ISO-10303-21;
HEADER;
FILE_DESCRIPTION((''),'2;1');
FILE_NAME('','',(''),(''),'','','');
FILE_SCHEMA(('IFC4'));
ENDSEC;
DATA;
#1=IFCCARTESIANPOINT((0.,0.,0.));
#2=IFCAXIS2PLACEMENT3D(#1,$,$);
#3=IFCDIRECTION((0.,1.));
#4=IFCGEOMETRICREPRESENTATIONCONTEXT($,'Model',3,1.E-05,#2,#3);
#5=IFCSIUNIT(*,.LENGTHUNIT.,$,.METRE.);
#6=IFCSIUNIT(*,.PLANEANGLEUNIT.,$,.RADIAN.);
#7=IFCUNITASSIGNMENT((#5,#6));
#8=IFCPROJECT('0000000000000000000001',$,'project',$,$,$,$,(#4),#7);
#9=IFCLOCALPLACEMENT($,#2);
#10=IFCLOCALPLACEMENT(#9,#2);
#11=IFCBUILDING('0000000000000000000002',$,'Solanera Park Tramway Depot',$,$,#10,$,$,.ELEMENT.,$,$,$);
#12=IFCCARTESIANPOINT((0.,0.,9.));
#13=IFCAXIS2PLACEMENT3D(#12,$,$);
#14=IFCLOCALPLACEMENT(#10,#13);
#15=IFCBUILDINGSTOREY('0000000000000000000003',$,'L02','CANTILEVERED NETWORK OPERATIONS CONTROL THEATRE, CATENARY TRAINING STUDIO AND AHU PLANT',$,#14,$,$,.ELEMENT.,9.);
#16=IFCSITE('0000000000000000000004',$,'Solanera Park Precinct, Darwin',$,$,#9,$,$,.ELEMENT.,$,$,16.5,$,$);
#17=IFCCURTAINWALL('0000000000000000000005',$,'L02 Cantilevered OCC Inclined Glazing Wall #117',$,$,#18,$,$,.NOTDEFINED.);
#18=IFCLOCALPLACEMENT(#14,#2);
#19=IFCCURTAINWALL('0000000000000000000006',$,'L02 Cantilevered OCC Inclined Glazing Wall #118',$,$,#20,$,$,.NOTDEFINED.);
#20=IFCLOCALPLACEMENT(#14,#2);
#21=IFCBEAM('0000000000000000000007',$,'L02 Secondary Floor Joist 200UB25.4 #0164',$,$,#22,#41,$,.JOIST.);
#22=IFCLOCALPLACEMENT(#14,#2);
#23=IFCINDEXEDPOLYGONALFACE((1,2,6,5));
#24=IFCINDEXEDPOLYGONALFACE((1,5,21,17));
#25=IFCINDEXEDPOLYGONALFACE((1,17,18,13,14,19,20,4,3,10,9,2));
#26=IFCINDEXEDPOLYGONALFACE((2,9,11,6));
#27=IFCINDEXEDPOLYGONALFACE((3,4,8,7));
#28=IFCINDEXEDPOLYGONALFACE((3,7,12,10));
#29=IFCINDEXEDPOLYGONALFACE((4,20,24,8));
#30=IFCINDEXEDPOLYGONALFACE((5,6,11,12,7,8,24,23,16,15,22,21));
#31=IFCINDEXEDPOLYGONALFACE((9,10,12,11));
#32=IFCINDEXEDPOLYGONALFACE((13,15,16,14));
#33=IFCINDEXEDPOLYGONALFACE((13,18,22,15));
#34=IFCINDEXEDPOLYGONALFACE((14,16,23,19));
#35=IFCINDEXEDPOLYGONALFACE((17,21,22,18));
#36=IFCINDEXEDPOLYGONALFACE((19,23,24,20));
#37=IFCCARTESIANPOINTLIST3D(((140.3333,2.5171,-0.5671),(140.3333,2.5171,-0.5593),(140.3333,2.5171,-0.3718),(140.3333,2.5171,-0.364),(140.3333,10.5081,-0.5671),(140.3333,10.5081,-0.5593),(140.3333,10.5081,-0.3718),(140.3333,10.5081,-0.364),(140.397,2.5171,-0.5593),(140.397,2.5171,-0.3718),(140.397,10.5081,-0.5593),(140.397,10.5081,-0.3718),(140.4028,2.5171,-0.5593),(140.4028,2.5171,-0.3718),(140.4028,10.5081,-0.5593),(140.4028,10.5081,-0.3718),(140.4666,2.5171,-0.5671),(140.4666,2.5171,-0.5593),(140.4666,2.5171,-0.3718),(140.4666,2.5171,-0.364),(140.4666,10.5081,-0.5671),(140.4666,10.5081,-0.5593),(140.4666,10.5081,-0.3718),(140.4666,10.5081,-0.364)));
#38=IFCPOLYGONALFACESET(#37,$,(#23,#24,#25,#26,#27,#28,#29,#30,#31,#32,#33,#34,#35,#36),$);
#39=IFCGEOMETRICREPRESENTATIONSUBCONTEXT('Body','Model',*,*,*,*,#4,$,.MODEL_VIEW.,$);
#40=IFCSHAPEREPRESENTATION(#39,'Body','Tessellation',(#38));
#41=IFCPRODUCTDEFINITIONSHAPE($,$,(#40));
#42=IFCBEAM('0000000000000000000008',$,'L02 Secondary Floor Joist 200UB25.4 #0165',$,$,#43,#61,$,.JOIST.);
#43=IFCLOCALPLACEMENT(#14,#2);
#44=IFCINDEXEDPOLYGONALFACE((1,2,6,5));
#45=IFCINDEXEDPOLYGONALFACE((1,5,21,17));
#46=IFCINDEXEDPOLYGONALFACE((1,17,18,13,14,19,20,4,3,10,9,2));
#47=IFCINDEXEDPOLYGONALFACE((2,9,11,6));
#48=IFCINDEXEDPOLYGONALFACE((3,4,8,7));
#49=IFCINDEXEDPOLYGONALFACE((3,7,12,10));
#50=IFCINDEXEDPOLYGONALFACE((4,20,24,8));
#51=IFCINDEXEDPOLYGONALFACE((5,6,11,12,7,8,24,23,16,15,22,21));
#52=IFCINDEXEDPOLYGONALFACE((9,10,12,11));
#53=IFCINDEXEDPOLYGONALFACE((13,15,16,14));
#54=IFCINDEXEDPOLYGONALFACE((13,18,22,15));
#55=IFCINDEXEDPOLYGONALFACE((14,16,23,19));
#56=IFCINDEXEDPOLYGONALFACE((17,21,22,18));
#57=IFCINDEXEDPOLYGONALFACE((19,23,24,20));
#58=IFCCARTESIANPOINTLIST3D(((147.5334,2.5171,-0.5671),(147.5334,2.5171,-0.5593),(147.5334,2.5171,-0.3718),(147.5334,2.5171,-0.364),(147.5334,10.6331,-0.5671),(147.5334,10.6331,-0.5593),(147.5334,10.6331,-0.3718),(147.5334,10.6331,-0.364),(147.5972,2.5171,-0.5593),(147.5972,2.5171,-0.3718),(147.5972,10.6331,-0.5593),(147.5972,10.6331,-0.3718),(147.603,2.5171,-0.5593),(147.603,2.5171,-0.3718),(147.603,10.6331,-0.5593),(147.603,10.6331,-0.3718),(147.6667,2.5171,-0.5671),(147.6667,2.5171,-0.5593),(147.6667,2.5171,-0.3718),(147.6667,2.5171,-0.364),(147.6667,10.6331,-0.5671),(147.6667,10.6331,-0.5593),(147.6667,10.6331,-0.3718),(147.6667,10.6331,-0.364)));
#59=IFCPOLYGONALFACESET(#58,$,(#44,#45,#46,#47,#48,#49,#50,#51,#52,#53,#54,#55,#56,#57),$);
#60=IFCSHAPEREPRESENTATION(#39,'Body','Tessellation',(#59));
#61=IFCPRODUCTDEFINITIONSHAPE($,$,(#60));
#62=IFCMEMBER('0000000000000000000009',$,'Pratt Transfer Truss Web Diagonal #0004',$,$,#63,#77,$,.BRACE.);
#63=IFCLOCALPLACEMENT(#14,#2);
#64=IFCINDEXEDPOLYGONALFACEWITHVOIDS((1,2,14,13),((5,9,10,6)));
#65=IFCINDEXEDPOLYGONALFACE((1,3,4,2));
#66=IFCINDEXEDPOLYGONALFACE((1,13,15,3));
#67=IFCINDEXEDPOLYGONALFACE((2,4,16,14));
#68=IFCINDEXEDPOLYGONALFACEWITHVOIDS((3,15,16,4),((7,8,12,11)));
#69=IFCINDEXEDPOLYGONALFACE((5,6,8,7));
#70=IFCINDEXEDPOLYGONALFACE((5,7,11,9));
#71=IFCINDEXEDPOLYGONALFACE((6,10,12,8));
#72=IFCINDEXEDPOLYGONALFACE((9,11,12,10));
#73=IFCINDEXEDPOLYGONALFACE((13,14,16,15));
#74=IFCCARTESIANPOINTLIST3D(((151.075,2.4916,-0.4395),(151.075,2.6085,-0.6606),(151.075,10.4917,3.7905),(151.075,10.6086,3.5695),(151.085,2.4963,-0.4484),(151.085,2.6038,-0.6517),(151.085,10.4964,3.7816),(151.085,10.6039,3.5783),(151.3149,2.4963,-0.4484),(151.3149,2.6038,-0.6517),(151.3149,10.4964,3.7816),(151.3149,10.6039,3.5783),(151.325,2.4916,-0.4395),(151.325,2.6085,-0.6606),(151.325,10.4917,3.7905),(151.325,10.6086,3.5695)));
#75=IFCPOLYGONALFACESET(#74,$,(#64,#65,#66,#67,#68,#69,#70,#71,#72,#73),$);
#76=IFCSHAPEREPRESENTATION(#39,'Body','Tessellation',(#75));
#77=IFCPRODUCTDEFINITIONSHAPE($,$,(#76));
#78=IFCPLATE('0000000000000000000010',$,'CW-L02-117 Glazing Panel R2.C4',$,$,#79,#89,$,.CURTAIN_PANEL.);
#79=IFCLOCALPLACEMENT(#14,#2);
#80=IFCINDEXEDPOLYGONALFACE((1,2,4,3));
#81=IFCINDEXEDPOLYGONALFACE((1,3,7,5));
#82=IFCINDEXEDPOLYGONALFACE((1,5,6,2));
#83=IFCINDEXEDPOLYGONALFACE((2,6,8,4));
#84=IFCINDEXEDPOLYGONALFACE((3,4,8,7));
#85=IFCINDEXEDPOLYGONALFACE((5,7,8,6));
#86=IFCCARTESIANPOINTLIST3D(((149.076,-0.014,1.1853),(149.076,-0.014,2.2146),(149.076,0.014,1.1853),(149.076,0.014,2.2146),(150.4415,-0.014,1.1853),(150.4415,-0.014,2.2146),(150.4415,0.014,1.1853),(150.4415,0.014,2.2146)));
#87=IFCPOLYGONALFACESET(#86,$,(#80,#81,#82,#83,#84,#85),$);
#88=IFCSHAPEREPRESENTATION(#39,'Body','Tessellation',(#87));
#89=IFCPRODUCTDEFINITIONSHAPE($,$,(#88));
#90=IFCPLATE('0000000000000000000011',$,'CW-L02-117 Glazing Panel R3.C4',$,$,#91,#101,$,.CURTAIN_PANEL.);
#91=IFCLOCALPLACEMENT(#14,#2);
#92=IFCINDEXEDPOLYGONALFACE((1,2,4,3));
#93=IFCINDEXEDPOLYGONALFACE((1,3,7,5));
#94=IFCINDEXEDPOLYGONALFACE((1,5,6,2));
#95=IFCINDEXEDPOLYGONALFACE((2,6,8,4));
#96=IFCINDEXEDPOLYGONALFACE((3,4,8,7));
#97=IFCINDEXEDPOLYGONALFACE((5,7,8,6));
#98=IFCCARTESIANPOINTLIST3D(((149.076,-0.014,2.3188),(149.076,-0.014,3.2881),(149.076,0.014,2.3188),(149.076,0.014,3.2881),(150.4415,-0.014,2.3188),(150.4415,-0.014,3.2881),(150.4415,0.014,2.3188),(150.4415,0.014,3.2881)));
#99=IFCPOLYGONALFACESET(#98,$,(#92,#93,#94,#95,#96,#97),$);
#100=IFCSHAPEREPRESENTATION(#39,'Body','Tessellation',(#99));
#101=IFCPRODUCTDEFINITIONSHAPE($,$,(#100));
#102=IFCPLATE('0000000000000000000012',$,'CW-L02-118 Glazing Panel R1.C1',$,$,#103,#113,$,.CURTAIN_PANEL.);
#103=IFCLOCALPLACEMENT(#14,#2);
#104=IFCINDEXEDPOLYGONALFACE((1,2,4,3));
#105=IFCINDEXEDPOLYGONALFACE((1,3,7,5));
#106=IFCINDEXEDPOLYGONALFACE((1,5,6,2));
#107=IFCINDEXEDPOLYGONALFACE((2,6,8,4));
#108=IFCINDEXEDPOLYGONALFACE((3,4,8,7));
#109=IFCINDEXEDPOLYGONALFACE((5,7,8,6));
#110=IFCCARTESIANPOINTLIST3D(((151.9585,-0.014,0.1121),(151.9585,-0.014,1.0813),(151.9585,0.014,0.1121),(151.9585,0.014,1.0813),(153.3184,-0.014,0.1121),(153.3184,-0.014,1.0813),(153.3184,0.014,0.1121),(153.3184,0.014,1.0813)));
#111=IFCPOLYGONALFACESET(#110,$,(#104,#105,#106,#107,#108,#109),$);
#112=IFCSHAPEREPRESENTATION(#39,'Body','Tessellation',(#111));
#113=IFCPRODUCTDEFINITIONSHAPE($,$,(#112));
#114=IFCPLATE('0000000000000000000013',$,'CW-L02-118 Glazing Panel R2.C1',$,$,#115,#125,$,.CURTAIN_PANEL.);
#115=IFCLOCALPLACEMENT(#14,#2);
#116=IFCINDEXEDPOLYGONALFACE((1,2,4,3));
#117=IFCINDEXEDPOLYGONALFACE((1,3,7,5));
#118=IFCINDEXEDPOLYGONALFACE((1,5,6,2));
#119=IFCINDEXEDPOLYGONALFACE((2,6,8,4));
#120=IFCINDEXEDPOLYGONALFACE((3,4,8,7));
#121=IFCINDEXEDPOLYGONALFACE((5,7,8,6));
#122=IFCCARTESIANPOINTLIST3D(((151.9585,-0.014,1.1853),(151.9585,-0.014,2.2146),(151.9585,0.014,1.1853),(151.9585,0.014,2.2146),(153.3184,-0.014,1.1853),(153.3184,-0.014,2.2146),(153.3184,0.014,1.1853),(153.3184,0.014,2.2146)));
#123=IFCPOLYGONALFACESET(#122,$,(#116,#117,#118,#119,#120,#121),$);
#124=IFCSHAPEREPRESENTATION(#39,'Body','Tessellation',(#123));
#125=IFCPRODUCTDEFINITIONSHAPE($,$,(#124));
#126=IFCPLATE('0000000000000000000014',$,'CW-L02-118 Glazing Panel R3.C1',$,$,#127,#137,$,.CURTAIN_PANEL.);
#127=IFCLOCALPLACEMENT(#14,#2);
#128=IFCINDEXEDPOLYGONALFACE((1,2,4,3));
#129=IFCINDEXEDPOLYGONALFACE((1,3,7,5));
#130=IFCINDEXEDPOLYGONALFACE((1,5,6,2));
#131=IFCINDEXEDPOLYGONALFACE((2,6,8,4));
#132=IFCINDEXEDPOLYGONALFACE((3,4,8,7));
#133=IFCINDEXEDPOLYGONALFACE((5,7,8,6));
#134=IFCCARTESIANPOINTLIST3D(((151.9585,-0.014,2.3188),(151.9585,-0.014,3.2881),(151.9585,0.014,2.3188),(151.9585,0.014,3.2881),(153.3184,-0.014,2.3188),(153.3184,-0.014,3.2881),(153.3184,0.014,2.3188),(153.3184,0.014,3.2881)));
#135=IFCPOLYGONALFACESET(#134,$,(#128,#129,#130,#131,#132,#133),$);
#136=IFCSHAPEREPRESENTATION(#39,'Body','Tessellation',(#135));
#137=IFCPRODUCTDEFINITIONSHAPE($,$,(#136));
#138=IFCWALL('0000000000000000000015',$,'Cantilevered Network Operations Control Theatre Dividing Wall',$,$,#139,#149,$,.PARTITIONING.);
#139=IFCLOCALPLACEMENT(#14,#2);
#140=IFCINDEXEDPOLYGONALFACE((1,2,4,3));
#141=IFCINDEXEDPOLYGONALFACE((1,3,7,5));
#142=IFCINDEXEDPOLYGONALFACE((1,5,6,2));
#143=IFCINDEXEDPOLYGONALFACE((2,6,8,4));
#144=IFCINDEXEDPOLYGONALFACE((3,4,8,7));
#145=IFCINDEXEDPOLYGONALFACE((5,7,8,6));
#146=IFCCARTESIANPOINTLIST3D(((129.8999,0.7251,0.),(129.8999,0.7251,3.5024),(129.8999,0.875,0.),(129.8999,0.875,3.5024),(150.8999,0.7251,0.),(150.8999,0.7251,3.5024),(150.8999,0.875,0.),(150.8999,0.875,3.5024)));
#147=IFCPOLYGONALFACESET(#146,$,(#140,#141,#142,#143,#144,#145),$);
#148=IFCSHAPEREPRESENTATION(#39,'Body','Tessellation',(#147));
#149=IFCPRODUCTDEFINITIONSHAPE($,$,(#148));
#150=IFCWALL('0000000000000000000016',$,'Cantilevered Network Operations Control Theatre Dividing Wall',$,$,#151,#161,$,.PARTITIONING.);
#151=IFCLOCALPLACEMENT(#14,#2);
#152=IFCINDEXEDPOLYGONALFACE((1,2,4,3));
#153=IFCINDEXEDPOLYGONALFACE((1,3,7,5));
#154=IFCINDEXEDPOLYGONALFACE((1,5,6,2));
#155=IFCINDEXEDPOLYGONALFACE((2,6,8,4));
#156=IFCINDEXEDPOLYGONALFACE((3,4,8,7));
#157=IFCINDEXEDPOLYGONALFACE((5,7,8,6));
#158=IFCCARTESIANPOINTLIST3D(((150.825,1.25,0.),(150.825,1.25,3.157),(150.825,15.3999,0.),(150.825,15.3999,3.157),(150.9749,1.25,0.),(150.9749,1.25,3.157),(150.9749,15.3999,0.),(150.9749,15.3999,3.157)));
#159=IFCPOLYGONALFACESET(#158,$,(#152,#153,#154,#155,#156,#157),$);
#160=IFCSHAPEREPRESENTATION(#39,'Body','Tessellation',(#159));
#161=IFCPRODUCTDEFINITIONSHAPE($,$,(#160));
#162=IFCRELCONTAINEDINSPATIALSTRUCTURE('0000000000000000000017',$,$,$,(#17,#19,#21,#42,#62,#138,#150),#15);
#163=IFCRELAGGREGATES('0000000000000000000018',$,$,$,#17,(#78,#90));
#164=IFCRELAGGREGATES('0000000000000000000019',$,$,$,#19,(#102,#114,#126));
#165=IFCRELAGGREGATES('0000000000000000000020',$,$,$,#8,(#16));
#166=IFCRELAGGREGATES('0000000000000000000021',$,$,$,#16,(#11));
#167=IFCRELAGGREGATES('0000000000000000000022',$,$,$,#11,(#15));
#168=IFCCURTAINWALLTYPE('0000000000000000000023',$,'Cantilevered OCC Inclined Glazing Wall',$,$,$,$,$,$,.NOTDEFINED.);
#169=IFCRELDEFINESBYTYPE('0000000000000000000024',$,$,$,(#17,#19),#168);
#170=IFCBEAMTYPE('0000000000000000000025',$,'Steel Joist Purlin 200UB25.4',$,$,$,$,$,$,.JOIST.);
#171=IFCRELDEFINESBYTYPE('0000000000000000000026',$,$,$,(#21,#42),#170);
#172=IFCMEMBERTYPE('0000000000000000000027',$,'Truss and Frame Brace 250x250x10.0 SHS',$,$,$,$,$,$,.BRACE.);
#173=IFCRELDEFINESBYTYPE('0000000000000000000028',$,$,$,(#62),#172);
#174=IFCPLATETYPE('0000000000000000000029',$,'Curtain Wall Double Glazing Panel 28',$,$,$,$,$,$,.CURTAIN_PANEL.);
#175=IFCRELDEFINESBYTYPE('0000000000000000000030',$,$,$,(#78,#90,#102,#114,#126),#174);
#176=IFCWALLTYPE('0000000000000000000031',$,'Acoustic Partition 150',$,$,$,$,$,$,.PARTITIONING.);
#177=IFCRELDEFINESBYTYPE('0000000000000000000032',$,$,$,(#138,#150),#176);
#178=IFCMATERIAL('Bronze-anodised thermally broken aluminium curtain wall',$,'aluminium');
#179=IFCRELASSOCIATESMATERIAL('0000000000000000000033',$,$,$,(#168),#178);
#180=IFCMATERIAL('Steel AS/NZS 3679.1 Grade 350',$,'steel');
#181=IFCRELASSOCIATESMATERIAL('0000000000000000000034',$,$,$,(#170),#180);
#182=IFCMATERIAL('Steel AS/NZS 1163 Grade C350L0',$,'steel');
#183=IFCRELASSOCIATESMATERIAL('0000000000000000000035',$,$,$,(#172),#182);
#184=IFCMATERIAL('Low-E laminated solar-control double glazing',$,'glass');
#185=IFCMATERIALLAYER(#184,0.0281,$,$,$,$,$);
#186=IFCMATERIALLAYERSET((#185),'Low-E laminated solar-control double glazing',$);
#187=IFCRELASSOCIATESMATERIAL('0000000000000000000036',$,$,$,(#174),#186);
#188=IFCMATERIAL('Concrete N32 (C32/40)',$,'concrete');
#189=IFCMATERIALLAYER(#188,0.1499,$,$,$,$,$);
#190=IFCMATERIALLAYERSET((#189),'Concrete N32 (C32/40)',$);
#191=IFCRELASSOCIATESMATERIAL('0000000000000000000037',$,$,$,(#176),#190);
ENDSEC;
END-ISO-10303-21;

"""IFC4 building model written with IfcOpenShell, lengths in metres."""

from ifc_helpers import new_model, si_unit, direction, frame, frame_2d, origin, origin_2d, place, context, subcontext, project, spatial, rectangle, hollow_rectangle, i_section, extrude, material, layer, layer_set, material_profile, profile_set, type_object, element, aggregate, save


model = new_model("IFC4")

# Units and contexts
model_context = context("Model", 3, precision=1e-05, world=origin(), true_north=direction((0.0, 1.0)))
body_context = subcontext(model_context, "Body", "Model", "MODEL_VIEW")
ifc_project = project(units=[si_unit("LENGTHUNIT", "METRE"), si_unit("PLANEANGLEUNIT", "RADIAN")], contexts=[model_context])

# Site, building, storey
site_placement = place(None, origin())
site = spatial("IfcSite", under=ifc_project, at=site_placement, Name="Solanera Park Precinct, Darwin", CompositionType="ELEMENT", RefElevation=16.5)
building_placement = place(site_placement, origin())
building = spatial("IfcBuilding", under=site, at=building_placement, Name="Solanera Park Tramway Depot", CompositionType="ELEMENT")
storey_placement = place(building_placement, frame((0.0, 0.0, 9.0)))
storey = spatial("IfcBuildingStorey", under=building, at=storey_placement, Name="L02", Description="CANTILEVERED NETWORK OPERATIONS CONTROL THEATRE, CATENARY TRAINING STUDIO AND AHU PLANT", CompositionType="ELEMENT", Elevation=9.0)

# Curtain wall
ifc_material_1 = material(Name="Bronze-anodised thermally broken aluminium curtain wall", Category="aluminium")
curtain_wall_type = type_object("IfcCurtainWallType", Name="Cantilevered OCC Inclined Glazing Wall", PredefinedType="NOTDEFINED", material=ifc_material_1)
curtain_wall_1_placement = place(storey_placement, origin())
curtain_wall_1 = element("IfcCurtainWall", 1, at=curtain_wall_1_placement, inside=storey, type_object=curtain_wall_type, Name="L02 Cantilevered OCC Inclined Glazing Wall #117", PredefinedType="NOTDEFINED")

# Curtain wall
curtain_wall_2_placement = place(storey_placement, origin())
curtain_wall_2 = element("IfcCurtainWall", 2, at=curtain_wall_2_placement, inside=storey, type_object=curtain_wall_type, Name="L02 Cantilevered OCC Inclined Glazing Wall #118", PredefinedType="NOTDEFINED")

# Beams
ifc_material_2 = material(Name="Steel AS/NZS 3679.1 Grade 350", Category="steel")
ifc_material_profile_1 = material_profile(ifc_material_2, i_section(OverallWidth=0.1333, OverallDepth=0.2031, WebThickness=0.0059, FlangeThickness=0.0078, at=origin_2d()), Name="200UB25.4")
ifc_profile_set_1 = profile_set([ifc_material_profile_1], Name="Steel AS/NZS 3679.1 Grade 350")
beam_type_1 = type_object("IfcBeamType", Name="Steel Joist Purlin 200UB25.4", PredefinedType="JOIST", material=ifc_profile_set_1)
beam_1_placement = place(storey_placement, frame((140.3999, 2.5171, -0.4656), z_axis=(0.0, 1.0, 0.0), x_axis=(-1.0, 0.0, 0.0)))
element("IfcBeam", 3, at=beam_1_placement, inside=storey, type_object=beam_type_1, Name="L02 Secondary Floor Joist 200UB25.4 #0164", PredefinedType="JOIST", context=body_context, shape_type="SweptSolid", body=[
    extrude(i_section(OverallWidth=0.1333, OverallDepth=0.2031, WebThickness=0.0059, FlangeThickness=0.0078, at=origin_2d()), origin(), (0.0, 0.0, 1.0), 7.991),
])
beam_2_placement = place(storey_placement, frame((147.6001, 2.5171, -0.4656), z_axis=(0.0, 1.0, 0.0), x_axis=(-1.0, 0.0, 0.0)))
element("IfcBeam", 4, at=beam_2_placement, inside=storey, type_object=beam_type_1, Name="L02 Secondary Floor Joist 200UB25.4 #0165", PredefinedType="JOIST", context=body_context, shape_type="SweptSolid", body=[
    extrude(i_section(OverallWidth=0.1333, OverallDepth=0.2031, WebThickness=0.0059, FlangeThickness=0.0078, at=origin_2d()), origin(), (0.0, 0.0, 1.0), 8.116),
])

# Member
ifc_material_3 = material(Name="Steel AS/NZS 1163 Grade C350L0", Category="steel")
ifc_material_profile_2 = material_profile(ifc_material_3, hollow_rectangle(XDim=0.25, YDim=0.25, WallThickness=0.01, at=origin_2d()), Name="250x250x10.0 SHS")
ifc_profile_set_2 = profile_set([ifc_material_profile_2], Name="Steel AS/NZS 1163 Grade C350L0")
member_type_1 = type_object("IfcMemberType", Name="Truss and Frame Brace 250x250x10.0 SHS", PredefinedType="BRACE", material=ifc_profile_set_2)
member_1_placement = place(storey_placement, frame((151.2, 2.55, -0.55), z_axis=(0.0, 0.884031, 0.467429), x_axis=(-1.0, 0.0, 0.0)))
element("IfcMember", 5, at=member_1_placement, inside=storey, type_object=member_type_1, Name="Pratt Transfer Truss Web Diagonal #0004", PredefinedType="BRACE", context=body_context, shape_type="SweptSolid", body=[
    extrude(hollow_rectangle(XDim=0.25, YDim=0.25, WallThickness=0.01, at=origin_2d()), origin(), (0.0, 0.0, 1.0), 9.0496),
])

# Plates
ifc_material_4 = material(Name="Low-E laminated solar-control double glazing", Category="glass")
ifc_layer_1 = layer(ifc_material_4, 0.0281)
ifc_layer_set_1 = layer_set([ifc_layer_1], Name="Low-E laminated solar-control double glazing")
plate_type = type_object("IfcPlateType", Name="Curtain Wall Double Glazing Panel 28", PredefinedType="CURTAIN_PANEL", material=ifc_layer_set_1)
plate_1_placement = place(storey_placement, frame((149.7588, 0.0, 1.1853), z_axis=(0.0, 0.0, 1.0), x_axis=(1.0, 0.0, 0.0)))
plate_1 = element("IfcPlate", 6, at=plate_1_placement, type_object=plate_type, Name="CW-L02-117 Glazing Panel R2.C4", PredefinedType="CURTAIN_PANEL", context=body_context, shape_type="SweptSolid", body=[
    extrude(rectangle(XDim=1.3655, YDim=0.0281, at=origin_2d()), origin(), (0.0, 0.0, 1.0), 1.0293),
])
plate_2_placement = place(storey_placement, frame((149.7588, 0.0, 2.3188), z_axis=(0.0, 0.0, 1.0), x_axis=(1.0, 0.0, 0.0)))
plate_2 = element("IfcPlate", 7, at=plate_2_placement, type_object=plate_type, Name="CW-L02-117 Glazing Panel R3.C4", PredefinedType="CURTAIN_PANEL", context=body_context, shape_type="SweptSolid", body=[
    extrude(rectangle(XDim=1.3655, YDim=0.0281, at=origin_2d()), origin(), (0.0, 0.0, 1.0), 0.9692),
])
aggregate(curtain_wall_1, [plate_1, plate_2])
plate_3_placement = place(storey_placement, frame((152.6384, 0.0, 0.1121), z_axis=(0.0, 0.0, 1.0), x_axis=(1.0, 0.0, 0.0)))
plate_3 = element("IfcPlate", 8, at=plate_3_placement, type_object=plate_type, Name="CW-L02-118 Glazing Panel R1.C1", PredefinedType="CURTAIN_PANEL", context=body_context, shape_type="SweptSolid", body=[
    extrude(rectangle(XDim=1.3599, YDim=0.0281, at=origin_2d()), origin(), (0.0, 0.0, 1.0), 0.9692),
])
plate_4_placement = place(storey_placement, frame((152.6384, 0.0, 1.1853), z_axis=(0.0, 0.0, 1.0), x_axis=(1.0, 0.0, 0.0)))
plate_4 = element("IfcPlate", 9, at=plate_4_placement, type_object=plate_type, Name="CW-L02-118 Glazing Panel R2.C1", PredefinedType="CURTAIN_PANEL", context=body_context, shape_type="SweptSolid", body=[
    extrude(rectangle(XDim=1.3599, YDim=0.0281, at=origin_2d()), origin(), (0.0, 0.0, 1.0), 1.0293),
])
plate_5_placement = place(storey_placement, frame((152.6384, 0.0, 2.3188), z_axis=(0.0, 0.0, 1.0), x_axis=(1.0, 0.0, 0.0)))
plate_5 = element("IfcPlate", 10, at=plate_5_placement, type_object=plate_type, Name="CW-L02-118 Glazing Panel R3.C1", PredefinedType="CURTAIN_PANEL", context=body_context, shape_type="SweptSolid", body=[
    extrude(rectangle(XDim=1.3599, YDim=0.0281, at=origin_2d()), origin(), (0.0, 0.0, 1.0), 0.9692),
])
aggregate(curtain_wall_2, [plate_3, plate_4, plate_5])

# Walls
ifc_material_5 = material(Name="Concrete N32 (C32/40)", Category="concrete")
ifc_layer_2 = layer(ifc_material_5, 0.1499)
ifc_layer_set_2 = layer_set([ifc_layer_2], Name="Concrete N32 (C32/40)")
wall_type = type_object("IfcWallType", Name="Acoustic Partition 150", PredefinedType="PARTITIONING", material=ifc_layer_set_2)
wall_1_placement = place(storey_placement, frame((150.8999, 0.8, 0.0), z_axis=(0.0, 0.0, 1.0), x_axis=(-1.0, 0.0, 0.0)))
element("IfcWall", 11, at=wall_1_placement, inside=storey, type_object=wall_type, Name="Cantilevered Network Operations Control Theatre Dividing Wall", PredefinedType="PARTITIONING", context=body_context, shape_type="SweptSolid", body=[
    extrude(rectangle(XDim=21.0, YDim=0.1499, at=frame_2d((10.5, 0.0))), origin(), (0.0, 0.0, 1.0), 3.5024),
])
wall_2_placement = place(storey_placement, frame((150.8999, 1.25, 0.0), z_axis=(0.0, 0.0, 1.0), x_axis=(0.0, 1.0, 0.0)))
element("IfcWall", 12, at=wall_2_placement, inside=storey, type_object=wall_type, Name="Cantilevered Network Operations Control Theatre Dividing Wall", PredefinedType="PARTITIONING", context=body_context, shape_type="SweptSolid", body=[
    extrude(rectangle(XDim=14.1499, YDim=0.1499, at=frame_2d((7.075, 0.0))), origin(), (0.0, 0.0, 1.0), 3.157),
])

save(model, "model.ifc")
